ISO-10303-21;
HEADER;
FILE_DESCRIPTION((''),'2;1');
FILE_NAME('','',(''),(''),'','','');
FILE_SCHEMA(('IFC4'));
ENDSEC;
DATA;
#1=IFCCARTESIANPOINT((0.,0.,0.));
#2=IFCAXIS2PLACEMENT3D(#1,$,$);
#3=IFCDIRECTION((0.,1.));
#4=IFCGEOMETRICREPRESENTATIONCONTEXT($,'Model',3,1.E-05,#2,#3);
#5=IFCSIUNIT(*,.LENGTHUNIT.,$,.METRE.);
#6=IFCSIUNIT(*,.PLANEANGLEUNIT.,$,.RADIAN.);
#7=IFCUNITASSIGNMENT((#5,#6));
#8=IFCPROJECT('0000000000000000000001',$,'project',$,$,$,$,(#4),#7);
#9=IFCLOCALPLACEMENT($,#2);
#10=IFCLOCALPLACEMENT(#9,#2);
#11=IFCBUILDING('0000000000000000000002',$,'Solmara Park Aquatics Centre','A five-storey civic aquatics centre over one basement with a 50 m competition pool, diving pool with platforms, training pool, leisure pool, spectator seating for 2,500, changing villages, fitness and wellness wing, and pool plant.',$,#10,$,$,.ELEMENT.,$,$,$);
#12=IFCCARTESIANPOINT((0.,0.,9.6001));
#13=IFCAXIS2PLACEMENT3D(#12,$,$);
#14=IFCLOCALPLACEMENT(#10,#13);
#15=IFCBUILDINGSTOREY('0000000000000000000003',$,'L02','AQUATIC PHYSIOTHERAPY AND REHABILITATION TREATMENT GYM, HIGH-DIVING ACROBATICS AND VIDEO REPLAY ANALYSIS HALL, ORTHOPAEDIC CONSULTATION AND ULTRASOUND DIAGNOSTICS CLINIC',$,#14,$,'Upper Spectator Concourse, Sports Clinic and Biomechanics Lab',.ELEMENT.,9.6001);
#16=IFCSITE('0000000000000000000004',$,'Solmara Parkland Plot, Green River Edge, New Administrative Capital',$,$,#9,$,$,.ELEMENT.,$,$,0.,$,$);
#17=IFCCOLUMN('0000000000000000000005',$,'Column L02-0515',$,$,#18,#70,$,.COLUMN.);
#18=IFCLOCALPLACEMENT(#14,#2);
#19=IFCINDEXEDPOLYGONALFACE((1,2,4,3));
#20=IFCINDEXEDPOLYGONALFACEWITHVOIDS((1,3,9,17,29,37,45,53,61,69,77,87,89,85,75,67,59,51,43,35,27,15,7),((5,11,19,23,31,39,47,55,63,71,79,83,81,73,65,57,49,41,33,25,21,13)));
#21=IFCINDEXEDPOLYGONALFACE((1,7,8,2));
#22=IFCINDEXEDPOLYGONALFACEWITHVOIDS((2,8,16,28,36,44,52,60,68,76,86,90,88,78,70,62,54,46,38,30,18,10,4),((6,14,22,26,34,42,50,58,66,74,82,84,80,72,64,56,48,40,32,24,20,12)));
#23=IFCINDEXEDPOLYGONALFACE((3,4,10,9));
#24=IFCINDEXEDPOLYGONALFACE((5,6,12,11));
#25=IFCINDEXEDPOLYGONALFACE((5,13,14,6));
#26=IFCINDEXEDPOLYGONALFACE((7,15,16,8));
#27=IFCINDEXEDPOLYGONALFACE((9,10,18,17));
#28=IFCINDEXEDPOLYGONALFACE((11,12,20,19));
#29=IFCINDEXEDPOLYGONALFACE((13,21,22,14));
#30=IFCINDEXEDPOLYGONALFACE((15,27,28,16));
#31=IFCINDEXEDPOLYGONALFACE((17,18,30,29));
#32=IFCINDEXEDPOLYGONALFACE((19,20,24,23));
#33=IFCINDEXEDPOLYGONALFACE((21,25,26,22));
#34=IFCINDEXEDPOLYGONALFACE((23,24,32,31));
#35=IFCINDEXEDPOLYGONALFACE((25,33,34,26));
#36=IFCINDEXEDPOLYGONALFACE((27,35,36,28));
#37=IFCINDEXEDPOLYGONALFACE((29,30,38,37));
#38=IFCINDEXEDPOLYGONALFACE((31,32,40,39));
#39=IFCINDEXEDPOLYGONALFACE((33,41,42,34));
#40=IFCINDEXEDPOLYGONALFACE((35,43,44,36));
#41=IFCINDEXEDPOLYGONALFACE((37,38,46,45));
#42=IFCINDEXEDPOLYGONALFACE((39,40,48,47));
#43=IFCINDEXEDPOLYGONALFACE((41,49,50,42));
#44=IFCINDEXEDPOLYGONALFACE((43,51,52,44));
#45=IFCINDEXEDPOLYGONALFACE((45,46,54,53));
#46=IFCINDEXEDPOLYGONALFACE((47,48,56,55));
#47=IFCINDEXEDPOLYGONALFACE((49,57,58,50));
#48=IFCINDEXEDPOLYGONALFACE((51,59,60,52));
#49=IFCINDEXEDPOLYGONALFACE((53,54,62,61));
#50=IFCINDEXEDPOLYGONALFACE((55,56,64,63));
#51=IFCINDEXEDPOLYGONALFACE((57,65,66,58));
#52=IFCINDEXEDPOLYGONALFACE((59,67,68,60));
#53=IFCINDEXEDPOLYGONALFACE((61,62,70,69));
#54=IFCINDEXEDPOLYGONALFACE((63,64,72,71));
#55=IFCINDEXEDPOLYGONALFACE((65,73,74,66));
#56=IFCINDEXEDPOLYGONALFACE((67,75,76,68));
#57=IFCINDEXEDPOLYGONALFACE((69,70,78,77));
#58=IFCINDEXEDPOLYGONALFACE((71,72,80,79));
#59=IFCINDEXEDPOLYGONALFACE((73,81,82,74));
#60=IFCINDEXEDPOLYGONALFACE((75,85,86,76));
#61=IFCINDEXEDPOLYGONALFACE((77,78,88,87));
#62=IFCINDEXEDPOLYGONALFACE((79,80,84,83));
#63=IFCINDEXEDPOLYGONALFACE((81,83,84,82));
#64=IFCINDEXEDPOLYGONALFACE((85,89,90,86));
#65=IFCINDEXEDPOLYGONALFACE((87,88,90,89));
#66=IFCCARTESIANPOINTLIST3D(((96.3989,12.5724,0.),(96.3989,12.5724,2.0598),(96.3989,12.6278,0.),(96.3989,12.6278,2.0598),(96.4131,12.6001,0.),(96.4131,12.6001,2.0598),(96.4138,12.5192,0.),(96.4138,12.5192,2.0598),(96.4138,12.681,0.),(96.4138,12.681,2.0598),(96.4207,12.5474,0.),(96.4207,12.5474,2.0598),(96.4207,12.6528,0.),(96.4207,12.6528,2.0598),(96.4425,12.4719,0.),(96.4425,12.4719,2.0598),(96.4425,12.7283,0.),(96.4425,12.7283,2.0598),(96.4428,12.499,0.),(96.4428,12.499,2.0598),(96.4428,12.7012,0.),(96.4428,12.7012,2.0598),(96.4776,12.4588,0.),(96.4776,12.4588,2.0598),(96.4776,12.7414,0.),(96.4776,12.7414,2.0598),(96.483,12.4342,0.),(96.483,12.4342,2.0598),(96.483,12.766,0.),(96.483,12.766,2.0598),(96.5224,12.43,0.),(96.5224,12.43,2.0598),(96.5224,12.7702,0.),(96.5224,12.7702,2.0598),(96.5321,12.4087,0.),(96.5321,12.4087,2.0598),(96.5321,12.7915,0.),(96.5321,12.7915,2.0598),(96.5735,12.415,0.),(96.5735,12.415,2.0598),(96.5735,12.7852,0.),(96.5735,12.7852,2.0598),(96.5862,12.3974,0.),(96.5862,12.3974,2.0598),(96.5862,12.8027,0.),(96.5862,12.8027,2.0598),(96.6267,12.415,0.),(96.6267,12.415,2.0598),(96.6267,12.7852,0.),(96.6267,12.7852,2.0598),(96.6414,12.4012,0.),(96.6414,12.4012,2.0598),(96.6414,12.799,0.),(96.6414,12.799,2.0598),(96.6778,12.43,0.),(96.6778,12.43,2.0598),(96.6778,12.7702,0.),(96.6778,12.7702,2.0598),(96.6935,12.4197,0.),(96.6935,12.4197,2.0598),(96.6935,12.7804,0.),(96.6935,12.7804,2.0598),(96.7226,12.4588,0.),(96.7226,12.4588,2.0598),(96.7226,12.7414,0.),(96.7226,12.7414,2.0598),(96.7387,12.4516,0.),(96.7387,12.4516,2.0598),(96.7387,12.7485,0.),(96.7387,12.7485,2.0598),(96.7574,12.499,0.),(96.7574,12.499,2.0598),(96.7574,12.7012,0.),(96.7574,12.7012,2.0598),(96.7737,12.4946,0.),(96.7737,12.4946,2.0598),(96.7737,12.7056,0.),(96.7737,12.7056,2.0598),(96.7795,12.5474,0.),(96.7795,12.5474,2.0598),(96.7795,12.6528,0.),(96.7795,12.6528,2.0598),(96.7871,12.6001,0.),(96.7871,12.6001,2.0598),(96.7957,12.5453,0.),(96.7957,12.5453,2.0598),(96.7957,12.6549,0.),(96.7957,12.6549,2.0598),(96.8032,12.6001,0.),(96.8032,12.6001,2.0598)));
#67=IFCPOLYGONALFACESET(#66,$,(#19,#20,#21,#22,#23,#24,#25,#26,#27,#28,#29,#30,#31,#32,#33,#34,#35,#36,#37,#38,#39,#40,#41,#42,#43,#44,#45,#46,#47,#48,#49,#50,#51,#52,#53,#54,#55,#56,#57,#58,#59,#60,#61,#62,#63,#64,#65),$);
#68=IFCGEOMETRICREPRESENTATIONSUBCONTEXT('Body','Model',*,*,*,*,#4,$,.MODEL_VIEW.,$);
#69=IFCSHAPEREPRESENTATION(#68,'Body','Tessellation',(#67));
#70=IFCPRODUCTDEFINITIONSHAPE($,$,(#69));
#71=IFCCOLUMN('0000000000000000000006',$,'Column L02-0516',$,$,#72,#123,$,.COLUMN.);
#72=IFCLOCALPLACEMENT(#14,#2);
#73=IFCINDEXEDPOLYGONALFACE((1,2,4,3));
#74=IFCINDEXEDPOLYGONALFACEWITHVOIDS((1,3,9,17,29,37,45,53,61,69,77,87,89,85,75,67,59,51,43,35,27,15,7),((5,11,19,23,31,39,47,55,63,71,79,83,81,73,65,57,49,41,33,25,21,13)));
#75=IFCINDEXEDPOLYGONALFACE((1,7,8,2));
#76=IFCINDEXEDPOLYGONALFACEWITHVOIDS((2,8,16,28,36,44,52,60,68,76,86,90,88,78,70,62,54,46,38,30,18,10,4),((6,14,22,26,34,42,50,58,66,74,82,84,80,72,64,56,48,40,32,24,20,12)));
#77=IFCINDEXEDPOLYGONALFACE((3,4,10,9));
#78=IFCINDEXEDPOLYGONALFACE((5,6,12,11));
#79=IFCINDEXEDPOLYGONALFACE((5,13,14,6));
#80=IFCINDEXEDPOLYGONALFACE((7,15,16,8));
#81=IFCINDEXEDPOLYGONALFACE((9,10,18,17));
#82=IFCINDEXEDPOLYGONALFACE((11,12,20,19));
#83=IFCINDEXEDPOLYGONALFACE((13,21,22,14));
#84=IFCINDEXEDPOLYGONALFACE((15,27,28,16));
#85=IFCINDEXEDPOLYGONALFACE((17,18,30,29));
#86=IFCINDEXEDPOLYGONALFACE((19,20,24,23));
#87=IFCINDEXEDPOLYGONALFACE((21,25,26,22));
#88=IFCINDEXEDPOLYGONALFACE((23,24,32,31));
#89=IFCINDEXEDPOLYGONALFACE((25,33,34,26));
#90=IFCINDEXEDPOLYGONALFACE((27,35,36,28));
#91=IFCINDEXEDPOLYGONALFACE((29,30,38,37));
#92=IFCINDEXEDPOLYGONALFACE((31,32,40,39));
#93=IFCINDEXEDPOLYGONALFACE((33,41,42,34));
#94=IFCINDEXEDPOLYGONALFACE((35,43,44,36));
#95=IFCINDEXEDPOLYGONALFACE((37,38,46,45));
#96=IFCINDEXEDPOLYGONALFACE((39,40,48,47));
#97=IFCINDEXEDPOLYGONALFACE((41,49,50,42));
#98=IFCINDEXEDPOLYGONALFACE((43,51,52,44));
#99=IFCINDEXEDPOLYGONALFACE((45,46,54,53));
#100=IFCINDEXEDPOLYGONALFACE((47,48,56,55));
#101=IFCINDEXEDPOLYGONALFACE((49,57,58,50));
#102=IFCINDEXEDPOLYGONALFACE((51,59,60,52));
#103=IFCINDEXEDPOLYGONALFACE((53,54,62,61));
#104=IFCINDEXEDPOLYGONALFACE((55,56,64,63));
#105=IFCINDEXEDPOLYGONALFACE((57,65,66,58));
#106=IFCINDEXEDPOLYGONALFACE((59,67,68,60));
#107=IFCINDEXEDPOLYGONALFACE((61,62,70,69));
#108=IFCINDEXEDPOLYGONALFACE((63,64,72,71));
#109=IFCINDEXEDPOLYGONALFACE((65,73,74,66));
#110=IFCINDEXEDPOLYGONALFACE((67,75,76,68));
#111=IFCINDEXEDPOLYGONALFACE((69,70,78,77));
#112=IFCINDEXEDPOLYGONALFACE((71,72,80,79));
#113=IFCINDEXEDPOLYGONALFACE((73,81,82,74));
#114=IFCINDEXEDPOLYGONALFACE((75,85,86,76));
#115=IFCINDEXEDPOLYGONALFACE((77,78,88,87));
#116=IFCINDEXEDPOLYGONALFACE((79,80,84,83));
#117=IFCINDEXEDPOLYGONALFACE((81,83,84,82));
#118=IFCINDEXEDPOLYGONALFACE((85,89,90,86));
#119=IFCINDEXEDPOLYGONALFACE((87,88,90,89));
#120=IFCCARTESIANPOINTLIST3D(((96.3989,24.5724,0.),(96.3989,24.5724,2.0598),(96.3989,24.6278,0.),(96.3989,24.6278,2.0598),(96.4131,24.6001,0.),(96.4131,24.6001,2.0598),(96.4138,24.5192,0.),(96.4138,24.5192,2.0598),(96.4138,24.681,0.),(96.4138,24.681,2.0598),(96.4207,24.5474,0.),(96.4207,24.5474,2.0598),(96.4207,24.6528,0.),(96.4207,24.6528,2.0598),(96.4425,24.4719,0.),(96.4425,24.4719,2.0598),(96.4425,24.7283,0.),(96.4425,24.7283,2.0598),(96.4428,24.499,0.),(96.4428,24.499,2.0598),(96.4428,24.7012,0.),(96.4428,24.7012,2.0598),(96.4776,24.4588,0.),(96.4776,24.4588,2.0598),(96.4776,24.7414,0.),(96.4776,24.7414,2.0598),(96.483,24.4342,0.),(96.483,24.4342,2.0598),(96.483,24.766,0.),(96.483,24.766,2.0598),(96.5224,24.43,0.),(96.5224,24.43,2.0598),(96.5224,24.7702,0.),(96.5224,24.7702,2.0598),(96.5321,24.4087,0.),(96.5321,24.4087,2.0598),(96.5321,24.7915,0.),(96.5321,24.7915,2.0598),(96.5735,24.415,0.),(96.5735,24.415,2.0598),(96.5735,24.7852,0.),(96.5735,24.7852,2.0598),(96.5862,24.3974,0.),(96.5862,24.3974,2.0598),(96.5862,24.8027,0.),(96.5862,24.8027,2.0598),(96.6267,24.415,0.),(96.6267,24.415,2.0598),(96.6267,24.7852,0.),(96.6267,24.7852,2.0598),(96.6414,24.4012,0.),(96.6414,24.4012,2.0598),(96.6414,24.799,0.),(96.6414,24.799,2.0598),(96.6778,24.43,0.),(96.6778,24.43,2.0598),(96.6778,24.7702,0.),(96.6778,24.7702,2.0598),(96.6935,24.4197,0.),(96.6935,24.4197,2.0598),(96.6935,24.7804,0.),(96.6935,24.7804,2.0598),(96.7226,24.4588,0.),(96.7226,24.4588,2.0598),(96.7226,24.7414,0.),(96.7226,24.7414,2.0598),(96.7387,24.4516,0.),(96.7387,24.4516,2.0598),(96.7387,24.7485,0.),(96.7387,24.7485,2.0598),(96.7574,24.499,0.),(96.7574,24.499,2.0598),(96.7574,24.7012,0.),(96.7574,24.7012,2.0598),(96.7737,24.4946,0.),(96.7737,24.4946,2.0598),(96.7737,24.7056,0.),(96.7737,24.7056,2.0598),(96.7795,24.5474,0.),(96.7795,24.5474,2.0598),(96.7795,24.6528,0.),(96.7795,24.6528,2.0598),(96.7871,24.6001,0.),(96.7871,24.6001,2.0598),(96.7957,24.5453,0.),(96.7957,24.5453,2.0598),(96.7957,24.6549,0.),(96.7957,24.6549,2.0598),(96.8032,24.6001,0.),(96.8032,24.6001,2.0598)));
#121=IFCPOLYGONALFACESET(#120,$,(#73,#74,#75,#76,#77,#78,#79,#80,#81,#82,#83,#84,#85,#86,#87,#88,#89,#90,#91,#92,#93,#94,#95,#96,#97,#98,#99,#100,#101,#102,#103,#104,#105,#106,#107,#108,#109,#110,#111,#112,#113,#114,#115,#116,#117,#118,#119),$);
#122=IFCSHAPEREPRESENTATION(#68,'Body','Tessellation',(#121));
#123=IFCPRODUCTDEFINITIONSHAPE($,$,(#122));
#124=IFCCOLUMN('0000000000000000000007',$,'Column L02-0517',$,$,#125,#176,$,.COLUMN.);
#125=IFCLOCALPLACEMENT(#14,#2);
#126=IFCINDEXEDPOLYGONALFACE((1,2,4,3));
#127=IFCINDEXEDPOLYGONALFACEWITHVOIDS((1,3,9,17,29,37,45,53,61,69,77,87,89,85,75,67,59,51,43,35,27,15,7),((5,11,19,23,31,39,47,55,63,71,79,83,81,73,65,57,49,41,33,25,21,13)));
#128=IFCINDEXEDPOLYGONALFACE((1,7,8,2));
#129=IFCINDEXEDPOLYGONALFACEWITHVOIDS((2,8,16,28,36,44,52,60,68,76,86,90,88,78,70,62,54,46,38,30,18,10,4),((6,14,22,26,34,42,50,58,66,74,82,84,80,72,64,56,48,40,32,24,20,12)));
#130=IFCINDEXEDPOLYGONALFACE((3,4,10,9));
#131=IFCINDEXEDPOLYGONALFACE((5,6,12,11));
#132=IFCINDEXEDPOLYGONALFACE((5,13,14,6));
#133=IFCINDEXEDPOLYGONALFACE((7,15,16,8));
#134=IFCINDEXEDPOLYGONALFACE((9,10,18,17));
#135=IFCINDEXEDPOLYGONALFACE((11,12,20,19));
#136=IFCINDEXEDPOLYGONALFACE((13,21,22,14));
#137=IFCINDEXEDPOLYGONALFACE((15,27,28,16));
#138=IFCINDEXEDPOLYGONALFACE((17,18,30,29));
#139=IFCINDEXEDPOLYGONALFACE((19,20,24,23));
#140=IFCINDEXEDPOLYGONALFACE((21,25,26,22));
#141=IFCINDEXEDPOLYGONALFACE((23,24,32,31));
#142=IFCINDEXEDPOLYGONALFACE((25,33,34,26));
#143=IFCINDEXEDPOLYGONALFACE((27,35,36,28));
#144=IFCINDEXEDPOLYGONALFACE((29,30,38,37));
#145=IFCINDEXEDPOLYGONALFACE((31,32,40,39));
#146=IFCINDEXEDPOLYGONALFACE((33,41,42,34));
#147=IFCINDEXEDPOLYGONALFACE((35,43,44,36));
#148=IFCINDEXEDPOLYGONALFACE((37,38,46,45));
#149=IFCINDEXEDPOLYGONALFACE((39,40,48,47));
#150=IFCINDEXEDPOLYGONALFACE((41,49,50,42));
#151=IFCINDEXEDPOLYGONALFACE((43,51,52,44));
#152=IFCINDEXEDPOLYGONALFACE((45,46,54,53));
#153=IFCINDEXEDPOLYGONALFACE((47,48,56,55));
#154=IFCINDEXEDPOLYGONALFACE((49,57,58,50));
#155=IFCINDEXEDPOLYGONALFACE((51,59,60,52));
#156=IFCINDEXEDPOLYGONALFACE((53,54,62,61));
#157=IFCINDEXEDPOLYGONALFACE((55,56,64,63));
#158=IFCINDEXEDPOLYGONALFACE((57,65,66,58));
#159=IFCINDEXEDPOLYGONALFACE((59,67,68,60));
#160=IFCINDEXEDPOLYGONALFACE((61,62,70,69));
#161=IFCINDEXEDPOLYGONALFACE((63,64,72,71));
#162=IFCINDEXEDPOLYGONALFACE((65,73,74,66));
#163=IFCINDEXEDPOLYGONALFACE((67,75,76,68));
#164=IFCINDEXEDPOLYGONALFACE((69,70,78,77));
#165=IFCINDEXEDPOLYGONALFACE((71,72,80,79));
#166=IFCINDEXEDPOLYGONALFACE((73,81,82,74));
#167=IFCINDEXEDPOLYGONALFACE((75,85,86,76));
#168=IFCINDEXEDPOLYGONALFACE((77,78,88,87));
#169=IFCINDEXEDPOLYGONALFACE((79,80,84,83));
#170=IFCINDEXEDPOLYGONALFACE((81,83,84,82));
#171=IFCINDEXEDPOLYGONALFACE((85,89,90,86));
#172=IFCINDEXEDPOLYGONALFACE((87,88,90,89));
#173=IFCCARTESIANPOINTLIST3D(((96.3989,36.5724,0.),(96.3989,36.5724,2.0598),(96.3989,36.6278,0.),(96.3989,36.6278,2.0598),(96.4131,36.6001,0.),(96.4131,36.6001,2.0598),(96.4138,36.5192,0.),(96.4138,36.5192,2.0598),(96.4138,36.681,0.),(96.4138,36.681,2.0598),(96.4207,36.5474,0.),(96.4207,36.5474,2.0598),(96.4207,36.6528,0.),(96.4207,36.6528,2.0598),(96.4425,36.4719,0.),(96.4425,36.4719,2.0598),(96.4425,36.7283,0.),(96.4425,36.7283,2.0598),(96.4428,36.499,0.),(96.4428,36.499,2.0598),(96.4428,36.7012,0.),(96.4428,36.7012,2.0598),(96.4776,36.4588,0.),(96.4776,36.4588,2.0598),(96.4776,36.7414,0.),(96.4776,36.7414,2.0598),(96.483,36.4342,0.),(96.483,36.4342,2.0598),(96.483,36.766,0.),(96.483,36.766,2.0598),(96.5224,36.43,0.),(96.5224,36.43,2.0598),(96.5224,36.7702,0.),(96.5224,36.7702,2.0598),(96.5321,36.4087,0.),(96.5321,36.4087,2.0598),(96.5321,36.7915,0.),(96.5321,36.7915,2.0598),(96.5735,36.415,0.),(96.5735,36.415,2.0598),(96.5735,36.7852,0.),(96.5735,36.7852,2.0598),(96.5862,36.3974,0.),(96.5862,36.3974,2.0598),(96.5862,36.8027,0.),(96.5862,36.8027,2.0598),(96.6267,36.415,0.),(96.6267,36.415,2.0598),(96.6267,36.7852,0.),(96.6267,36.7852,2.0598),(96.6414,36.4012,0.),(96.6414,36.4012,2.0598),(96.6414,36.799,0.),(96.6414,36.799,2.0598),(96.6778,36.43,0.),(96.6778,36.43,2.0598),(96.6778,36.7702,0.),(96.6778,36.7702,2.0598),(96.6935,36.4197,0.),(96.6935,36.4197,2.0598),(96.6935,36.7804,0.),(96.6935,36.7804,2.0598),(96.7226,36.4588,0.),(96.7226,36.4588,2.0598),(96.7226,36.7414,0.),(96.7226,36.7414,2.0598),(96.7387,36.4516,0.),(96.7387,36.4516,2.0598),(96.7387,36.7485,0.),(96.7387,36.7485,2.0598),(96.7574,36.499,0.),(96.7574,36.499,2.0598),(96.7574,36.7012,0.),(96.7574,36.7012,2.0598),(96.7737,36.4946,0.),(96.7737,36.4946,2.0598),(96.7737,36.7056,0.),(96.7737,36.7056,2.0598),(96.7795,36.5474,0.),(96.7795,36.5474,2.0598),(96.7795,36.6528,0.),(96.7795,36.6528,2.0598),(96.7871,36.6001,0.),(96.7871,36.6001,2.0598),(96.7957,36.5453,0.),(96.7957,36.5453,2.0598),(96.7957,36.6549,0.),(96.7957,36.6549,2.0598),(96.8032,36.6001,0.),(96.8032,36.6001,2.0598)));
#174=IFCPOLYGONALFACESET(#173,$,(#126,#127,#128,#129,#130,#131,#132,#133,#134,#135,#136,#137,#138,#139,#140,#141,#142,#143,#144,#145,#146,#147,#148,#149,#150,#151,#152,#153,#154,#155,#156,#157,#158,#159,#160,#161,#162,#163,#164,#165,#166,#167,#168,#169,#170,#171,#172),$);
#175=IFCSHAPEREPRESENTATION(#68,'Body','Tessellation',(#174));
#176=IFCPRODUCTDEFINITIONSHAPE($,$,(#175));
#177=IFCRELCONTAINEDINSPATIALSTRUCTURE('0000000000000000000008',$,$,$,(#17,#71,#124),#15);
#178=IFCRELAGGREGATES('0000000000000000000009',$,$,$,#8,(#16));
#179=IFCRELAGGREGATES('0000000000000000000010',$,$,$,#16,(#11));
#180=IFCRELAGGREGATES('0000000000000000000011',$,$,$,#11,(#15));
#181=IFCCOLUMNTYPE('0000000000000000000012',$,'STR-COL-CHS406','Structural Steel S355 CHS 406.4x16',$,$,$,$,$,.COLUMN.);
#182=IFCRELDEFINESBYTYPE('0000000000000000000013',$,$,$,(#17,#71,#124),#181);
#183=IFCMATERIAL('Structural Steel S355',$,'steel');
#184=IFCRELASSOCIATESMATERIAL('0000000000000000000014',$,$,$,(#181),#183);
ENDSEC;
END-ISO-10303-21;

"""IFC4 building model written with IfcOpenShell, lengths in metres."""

from ifc_helpers import new_model, si_unit, direction, frame, origin, origin_2d, place, context, subcontext, project, spatial, hollow_circle, extrude, material, material_profile, profile_set, type_object, element, save


model = new_model("IFC4")

# Units and contexts
model_context = context("Model", 3, precision=1e-05, world=origin(), true_north=direction((0.0, 1.0)))
body_context = subcontext(model_context, "Body", "Model", "MODEL_VIEW")
ifc_project = project(units=[si_unit("LENGTHUNIT", "METRE"), si_unit("PLANEANGLEUNIT", "RADIAN")], contexts=[model_context])

# Site, building, storey
site_placement = place(None, origin())
site = spatial("IfcSite", under=ifc_project, at=site_placement, Name="Solmara Parkland Plot, Green River Edge, New Administrative Capital", CompositionType="ELEMENT", RefElevation=0.0)
building_placement = place(site_placement, origin())
building = spatial("IfcBuilding", under=site, at=building_placement, Name="Solmara Park Aquatics Centre", Description="A five-storey civic aquatics centre over one basement with a 50 m competition pool, diving pool with platforms, training pool, leisure pool, spectator seating for 2,500, changing villages, fitness and wellness wing, and pool plant.", CompositionType="ELEMENT")
storey_placement = place(building_placement, frame((0.0, 0.0, 9.6001)))
storey = spatial("IfcBuildingStorey", under=building, at=storey_placement, Name="L02", Description="AQUATIC PHYSIOTHERAPY AND REHABILITATION TREATMENT GYM, HIGH-DIVING ACROBATICS AND VIDEO REPLAY ANALYSIS HALL, ORTHOPAEDIC CONSULTATION AND ULTRASOUND DIAGNOSTICS CLINIC", LongName="Upper Spectator Concourse, Sports Clinic and Biomechanics Lab", CompositionType="ELEMENT", Elevation=9.6001)

# Columns
ifc_material_1 = material(Name="Structural Steel S355", Category="steel")
ifc_material_profile_1 = material_profile(ifc_material_1, hollow_circle(Radius=0.2031, WallThickness=0.0161, at=origin_2d()), Name="CHS 406.4x16")
ifc_profile_set_1 = profile_set([ifc_material_profile_1], Name="Structural Steel S355")
column_type_1 = type_object("IfcColumnType", Name="STR-COL-CHS406", Description="Structural Steel S355 CHS 406.4x16", PredefinedType="COLUMN", material=ifc_profile_set_1)
for number, where, z_axis, x_axis, name in (
    (1, (96.6001, 12.6001, 0.0), (0.0, 0.0, 1.0), (1.0, 0.0, 0.0), "Column L02-0515"),
    (2, (96.6001, 24.6001, 0.0), (0.0, 0.0, 1.0), (1.0, 0.0, 0.0), "Column L02-0516"),
    (3, (96.6001, 36.6001, 0.0), (0.0, 0.0, 1.0), (1.0, 0.0, 0.0), "Column L02-0517"),
):
    element("IfcColumn", number, at=place(storey_placement, frame(where, z_axis=z_axis, x_axis=x_axis)), inside=storey, type_object=column_type_1, Name=name, PredefinedType="COLUMN", context=body_context, shape_type="SweptSolid", body=[
        extrude(hollow_circle(Radius=0.2031, WallThickness=0.0161, at=origin_2d()), origin(), (0.0, 0.0, 1.0), 2.0598),
    ])

save(model, "model.ifc")
